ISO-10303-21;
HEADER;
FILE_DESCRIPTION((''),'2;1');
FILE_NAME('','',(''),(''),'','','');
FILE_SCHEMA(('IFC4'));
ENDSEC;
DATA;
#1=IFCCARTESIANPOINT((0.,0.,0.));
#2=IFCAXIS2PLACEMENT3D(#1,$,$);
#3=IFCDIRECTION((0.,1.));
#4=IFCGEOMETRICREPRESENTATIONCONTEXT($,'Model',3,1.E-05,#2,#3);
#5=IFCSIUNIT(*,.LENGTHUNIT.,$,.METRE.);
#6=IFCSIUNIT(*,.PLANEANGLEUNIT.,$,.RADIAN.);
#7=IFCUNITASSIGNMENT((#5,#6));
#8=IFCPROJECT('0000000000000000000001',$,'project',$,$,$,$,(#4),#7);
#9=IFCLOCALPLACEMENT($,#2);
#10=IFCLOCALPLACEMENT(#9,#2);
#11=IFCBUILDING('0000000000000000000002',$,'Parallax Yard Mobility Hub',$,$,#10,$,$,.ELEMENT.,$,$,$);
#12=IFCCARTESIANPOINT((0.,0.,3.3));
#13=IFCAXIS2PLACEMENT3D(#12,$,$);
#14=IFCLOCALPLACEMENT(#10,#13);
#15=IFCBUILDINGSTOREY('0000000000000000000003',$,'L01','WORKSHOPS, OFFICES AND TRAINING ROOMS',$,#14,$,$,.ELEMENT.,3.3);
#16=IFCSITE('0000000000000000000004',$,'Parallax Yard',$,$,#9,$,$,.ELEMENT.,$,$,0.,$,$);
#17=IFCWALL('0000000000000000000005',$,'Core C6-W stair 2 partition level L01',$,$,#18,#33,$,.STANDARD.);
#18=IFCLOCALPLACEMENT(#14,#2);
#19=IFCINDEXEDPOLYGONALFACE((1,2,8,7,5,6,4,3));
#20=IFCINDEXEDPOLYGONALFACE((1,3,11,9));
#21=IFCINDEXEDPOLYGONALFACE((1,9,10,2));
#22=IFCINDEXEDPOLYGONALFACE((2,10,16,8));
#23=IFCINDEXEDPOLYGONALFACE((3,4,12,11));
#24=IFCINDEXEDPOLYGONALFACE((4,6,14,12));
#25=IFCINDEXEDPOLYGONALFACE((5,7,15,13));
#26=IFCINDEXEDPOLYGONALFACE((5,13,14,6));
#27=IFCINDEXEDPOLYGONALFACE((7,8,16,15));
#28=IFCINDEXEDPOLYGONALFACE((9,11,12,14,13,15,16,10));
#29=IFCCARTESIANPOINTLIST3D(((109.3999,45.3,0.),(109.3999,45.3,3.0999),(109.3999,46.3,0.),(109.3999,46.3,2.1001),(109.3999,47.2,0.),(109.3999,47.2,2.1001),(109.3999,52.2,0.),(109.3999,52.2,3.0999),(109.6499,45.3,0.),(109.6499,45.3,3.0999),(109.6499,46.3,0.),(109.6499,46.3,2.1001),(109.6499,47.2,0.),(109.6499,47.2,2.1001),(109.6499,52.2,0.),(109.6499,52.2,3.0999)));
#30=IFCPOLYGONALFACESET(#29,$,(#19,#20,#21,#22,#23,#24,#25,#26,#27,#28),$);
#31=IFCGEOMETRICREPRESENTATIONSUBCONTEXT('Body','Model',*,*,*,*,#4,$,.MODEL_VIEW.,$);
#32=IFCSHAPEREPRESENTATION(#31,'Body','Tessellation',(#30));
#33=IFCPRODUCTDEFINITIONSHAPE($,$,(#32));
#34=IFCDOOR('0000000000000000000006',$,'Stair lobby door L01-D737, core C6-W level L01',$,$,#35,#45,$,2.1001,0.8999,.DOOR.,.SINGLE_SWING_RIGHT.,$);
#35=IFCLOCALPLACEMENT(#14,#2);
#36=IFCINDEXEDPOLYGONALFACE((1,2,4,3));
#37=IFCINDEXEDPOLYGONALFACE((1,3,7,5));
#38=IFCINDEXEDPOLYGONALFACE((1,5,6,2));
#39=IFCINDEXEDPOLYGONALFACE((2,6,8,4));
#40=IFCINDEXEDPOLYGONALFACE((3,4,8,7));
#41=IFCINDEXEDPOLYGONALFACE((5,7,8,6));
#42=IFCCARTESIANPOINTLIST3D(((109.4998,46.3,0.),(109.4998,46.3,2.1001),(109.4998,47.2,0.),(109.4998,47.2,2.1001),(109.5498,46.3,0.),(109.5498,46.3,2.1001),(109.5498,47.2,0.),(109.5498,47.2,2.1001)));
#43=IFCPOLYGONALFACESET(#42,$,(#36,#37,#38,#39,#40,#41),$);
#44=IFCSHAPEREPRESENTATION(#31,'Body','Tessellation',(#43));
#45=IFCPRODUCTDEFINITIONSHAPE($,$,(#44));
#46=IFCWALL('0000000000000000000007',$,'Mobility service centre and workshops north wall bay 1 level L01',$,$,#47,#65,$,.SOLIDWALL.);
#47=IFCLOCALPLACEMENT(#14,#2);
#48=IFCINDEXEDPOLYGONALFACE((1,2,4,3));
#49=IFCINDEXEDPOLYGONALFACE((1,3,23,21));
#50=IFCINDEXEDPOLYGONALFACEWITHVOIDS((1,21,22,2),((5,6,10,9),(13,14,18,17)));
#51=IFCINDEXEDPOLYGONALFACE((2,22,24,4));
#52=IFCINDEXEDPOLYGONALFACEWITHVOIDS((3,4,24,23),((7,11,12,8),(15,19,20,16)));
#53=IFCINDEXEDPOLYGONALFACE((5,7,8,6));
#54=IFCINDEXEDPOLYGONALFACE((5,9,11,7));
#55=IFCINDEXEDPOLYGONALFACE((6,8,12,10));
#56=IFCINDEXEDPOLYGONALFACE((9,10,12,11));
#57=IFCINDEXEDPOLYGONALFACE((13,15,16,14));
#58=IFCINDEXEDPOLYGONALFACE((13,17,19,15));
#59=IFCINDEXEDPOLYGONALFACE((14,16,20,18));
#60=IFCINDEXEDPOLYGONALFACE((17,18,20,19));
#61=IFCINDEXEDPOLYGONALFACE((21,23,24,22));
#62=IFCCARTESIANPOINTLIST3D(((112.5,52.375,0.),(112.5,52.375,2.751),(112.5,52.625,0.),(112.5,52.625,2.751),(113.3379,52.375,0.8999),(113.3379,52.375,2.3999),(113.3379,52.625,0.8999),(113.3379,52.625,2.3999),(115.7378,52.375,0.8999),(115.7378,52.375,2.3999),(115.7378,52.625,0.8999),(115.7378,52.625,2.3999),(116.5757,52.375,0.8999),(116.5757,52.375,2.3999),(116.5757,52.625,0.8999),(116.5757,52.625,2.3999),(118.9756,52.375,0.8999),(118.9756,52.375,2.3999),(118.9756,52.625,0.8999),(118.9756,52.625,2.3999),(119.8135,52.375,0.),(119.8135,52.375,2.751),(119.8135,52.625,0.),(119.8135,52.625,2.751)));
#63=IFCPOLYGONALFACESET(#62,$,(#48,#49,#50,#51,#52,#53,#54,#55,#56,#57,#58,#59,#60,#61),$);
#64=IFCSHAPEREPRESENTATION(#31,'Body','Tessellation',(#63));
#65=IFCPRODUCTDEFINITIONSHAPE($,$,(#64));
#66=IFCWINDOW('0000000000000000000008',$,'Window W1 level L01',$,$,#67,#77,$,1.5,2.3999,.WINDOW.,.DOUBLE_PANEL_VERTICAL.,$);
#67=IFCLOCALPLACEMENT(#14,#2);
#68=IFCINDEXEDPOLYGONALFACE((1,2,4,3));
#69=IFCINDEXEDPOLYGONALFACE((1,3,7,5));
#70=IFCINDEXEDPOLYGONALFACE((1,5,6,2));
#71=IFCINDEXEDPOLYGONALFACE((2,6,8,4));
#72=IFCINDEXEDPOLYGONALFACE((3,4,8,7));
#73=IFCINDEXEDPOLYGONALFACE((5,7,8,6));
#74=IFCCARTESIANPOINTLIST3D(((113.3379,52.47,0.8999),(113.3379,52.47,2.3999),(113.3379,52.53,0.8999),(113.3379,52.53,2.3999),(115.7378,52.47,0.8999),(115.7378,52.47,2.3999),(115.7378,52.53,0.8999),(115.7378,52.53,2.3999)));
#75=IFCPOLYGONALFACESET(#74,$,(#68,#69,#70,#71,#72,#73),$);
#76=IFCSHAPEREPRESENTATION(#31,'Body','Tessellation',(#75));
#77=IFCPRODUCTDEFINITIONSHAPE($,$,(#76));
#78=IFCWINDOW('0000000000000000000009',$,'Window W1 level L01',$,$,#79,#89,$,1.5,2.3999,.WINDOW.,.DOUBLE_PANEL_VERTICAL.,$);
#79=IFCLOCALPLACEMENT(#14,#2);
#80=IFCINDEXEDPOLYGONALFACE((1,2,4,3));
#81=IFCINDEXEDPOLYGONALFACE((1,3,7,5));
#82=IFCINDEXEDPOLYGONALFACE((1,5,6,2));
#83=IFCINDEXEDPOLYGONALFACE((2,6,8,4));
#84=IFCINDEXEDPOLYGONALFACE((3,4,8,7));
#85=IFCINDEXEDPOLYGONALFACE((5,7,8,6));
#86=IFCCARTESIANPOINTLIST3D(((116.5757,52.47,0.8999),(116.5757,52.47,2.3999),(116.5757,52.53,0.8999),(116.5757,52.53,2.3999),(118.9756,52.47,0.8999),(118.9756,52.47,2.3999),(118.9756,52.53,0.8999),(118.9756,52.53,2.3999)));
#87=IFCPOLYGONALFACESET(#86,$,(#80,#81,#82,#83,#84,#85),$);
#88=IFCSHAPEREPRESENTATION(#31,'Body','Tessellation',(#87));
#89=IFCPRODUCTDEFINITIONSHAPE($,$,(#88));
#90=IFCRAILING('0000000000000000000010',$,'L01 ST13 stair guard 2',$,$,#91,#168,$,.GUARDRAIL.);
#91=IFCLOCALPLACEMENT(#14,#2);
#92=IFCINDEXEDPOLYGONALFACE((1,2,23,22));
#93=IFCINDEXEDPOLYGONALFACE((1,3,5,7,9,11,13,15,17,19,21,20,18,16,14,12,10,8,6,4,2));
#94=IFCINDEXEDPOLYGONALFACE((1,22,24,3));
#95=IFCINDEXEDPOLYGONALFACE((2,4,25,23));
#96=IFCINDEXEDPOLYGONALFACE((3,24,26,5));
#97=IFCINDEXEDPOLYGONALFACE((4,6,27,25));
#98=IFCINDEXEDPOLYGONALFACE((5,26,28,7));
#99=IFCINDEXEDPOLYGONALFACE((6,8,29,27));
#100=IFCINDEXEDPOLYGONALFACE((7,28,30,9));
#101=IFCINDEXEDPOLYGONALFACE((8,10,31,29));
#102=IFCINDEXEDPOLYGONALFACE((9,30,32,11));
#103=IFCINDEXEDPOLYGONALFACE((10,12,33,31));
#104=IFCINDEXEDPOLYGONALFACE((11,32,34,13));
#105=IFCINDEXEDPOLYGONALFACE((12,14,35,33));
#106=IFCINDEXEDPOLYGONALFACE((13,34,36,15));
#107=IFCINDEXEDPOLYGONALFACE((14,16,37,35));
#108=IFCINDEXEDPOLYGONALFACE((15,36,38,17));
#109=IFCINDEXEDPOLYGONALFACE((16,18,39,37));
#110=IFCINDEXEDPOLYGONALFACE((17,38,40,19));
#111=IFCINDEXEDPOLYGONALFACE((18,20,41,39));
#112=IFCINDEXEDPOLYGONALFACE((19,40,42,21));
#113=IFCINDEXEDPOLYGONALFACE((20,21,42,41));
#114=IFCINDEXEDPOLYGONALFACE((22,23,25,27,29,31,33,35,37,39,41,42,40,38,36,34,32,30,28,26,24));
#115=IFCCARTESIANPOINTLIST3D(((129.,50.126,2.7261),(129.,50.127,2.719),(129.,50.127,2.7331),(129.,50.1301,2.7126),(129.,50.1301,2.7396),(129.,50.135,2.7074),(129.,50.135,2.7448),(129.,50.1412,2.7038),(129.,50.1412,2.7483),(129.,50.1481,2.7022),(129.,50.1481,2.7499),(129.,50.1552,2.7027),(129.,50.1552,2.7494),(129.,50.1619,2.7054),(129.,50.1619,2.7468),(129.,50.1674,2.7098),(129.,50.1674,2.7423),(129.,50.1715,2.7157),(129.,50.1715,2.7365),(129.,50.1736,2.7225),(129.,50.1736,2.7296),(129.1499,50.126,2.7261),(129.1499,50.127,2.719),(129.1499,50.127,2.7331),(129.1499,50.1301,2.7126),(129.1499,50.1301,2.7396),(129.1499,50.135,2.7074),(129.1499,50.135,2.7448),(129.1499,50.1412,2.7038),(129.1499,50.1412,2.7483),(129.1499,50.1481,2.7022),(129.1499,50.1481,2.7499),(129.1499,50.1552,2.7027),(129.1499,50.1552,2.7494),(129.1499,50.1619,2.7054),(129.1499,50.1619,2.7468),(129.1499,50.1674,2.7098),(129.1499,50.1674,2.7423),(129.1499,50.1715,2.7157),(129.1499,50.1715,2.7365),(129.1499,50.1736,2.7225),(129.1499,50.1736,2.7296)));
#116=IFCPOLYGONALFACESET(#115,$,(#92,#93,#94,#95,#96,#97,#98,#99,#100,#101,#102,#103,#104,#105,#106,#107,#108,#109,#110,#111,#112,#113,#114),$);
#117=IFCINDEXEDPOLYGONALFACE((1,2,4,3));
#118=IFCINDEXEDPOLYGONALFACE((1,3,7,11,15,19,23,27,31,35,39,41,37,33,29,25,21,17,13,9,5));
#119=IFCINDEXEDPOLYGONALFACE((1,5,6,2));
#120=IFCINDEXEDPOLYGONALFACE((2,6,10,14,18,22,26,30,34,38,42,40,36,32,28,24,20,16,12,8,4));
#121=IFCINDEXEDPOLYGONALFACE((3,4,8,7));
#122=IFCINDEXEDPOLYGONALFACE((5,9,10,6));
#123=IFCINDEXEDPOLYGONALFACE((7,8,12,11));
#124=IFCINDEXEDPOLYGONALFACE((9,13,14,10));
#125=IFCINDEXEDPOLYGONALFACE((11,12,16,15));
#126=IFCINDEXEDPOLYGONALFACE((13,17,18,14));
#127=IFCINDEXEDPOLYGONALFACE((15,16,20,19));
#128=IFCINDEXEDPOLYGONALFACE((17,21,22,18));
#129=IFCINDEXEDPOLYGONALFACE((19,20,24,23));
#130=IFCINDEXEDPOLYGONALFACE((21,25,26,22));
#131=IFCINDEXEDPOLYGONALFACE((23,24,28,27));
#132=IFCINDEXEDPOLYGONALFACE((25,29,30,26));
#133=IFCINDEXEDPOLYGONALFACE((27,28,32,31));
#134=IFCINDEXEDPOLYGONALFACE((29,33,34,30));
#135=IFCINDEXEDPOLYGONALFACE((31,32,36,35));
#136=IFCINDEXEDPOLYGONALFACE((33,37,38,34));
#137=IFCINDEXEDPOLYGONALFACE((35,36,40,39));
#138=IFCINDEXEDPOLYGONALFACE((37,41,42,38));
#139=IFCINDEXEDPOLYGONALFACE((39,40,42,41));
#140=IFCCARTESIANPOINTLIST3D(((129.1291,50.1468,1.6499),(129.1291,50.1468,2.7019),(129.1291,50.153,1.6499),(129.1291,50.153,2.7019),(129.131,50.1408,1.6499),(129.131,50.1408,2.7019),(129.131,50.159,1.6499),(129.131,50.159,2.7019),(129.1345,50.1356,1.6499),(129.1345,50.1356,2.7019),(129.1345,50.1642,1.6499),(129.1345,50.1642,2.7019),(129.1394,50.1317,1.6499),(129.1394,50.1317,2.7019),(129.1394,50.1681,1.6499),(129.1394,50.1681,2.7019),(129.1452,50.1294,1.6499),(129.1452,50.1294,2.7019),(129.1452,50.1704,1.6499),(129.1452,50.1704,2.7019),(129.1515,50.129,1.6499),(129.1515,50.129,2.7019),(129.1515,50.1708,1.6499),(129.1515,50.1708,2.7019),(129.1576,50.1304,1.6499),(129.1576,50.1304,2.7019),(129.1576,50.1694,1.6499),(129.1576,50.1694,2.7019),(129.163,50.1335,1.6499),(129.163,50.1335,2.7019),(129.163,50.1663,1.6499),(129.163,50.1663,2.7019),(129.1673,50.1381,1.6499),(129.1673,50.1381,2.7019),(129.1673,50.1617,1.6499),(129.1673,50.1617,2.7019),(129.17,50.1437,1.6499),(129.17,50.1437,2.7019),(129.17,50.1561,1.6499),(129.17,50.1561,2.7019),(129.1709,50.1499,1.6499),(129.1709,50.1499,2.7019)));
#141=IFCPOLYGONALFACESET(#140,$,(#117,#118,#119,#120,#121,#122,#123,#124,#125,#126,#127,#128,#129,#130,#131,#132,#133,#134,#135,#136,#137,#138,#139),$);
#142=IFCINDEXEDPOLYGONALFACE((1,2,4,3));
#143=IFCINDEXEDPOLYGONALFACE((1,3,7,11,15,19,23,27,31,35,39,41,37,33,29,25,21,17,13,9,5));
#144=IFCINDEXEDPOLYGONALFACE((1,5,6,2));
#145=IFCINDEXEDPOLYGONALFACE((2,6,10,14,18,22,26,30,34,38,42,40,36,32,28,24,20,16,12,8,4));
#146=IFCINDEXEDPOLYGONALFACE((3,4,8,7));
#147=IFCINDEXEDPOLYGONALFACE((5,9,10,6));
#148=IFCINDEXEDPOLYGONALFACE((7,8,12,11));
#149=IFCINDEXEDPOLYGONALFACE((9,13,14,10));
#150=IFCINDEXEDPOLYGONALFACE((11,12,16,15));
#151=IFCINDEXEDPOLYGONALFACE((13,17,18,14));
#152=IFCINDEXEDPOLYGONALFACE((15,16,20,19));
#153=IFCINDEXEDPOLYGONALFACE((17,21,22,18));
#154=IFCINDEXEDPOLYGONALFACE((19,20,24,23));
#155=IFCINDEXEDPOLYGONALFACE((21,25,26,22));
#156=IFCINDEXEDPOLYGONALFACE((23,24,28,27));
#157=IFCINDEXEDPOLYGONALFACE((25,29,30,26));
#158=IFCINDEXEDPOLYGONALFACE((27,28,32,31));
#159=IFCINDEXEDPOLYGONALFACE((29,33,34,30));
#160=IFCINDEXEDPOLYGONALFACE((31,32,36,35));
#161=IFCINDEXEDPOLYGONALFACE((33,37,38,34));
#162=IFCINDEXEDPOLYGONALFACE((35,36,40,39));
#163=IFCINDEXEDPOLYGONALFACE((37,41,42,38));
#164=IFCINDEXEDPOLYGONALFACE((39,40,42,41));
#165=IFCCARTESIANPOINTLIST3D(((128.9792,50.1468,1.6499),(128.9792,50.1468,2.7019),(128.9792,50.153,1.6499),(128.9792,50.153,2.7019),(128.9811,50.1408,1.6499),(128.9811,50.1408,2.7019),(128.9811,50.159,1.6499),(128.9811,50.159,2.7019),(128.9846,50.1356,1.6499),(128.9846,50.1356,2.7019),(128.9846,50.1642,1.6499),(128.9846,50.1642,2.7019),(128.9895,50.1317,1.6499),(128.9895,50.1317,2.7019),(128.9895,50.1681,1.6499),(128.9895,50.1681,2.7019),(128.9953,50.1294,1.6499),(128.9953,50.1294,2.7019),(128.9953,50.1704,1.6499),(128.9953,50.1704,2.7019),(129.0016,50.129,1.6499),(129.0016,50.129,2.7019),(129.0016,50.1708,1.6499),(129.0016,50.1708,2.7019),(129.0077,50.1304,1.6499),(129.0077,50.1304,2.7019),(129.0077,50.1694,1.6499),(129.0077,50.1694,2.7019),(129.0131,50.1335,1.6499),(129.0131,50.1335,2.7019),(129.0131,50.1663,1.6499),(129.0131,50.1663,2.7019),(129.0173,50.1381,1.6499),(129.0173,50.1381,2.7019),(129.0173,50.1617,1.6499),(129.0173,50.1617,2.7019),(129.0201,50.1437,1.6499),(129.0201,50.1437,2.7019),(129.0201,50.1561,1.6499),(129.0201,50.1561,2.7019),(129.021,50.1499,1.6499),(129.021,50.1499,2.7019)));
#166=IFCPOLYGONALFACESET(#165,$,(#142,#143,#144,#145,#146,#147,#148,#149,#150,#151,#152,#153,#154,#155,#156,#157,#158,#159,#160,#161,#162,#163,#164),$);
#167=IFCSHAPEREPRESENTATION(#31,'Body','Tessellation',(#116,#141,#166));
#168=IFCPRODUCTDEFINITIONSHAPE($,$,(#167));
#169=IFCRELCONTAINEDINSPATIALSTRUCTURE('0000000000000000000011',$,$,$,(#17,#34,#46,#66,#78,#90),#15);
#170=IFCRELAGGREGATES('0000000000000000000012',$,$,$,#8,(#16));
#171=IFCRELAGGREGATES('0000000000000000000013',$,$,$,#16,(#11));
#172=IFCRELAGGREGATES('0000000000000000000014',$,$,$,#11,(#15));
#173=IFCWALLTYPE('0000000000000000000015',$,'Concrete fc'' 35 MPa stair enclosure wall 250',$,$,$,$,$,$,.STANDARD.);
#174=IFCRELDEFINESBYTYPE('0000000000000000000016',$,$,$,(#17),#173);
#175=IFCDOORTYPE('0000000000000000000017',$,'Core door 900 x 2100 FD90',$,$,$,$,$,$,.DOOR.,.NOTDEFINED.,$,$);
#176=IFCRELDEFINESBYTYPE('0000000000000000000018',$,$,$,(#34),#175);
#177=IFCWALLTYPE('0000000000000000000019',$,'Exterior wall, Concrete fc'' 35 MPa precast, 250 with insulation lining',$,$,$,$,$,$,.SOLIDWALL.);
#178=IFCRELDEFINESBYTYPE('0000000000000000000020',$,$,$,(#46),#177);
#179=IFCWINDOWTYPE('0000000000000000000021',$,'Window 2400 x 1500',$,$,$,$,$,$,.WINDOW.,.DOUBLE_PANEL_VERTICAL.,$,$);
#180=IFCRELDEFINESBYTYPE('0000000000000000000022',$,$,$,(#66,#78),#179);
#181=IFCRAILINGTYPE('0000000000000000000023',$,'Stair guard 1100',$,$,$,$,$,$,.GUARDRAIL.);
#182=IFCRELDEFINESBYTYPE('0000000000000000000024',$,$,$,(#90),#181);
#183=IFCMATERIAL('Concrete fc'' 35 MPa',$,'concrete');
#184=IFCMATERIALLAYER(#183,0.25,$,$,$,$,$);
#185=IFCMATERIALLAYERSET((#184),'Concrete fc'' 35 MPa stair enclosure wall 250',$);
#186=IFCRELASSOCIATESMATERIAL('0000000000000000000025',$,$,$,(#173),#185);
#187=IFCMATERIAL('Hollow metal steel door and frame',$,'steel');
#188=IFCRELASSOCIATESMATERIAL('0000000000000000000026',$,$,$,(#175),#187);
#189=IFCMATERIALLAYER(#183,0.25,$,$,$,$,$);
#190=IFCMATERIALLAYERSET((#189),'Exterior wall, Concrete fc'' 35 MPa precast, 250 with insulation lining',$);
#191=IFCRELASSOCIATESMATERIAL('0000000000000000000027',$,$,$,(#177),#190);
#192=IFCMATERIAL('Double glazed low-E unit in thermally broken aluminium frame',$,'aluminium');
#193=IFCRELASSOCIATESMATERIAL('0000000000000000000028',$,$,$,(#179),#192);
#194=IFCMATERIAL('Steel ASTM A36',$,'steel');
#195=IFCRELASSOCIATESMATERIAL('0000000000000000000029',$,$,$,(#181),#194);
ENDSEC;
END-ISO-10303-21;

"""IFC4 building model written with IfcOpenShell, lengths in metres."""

from ifc_helpers import new_model, si_unit, direction, frame, frame_2d, origin, origin_2d, place, context, subcontext, project, spatial, rectangle, circle, extrude, material, layer, layer_set, type_object, element, fill, save


model = new_model("IFC4")

# Units and contexts
model_context = context("Model", 3, precision=1e-05, world=origin(), true_north=direction((0.0, 1.0)))
body_context = subcontext(model_context, "Body", "Model", "MODEL_VIEW")
ifc_project = project(units=[si_unit("LENGTHUNIT", "METRE"), si_unit("PLANEANGLEUNIT", "RADIAN")], contexts=[model_context])

# Site, building, storey
site_placement = place(None, origin())
site = spatial("IfcSite", under=ifc_project, at=site_placement, Name="Parallax Yard", CompositionType="ELEMENT", RefElevation=0.0)
building_placement = place(site_placement, origin())
building = spatial("IfcBuilding", under=site, at=building_placement, Name="Parallax Yard Mobility Hub", CompositionType="ELEMENT")
storey_placement = place(building_placement, frame((0.0, 0.0, 3.3)))
storey = spatial("IfcBuildingStorey", under=building, at=storey_placement, Name="L01", Description="WORKSHOPS, OFFICES AND TRAINING ROOMS", CompositionType="ELEMENT", Elevation=3.3)

# Shared definitions
ifc_material_1 = material(Name="Concrete fc' 35 MPa", Category="concrete")

# Wall, opening, door
ifc_layer_1 = layer(ifc_material_1, 0.25)
ifc_layer_set_1 = layer_set([ifc_layer_1], Name="Concrete fc' 35 MPa stair enclosure wall 250")
wall_type_1 = type_object("IfcWallType", Name="Concrete fc' 35 MPa stair enclosure wall 250", PredefinedType="STANDARD", material=ifc_layer_set_1)
wall_1_placement = place(storey_placement, frame((109.5249, 52.2, 0.0), z_axis=(0.0, 0.0, 1.0), x_axis=(0.0, -1.0, 0.0)))
wall_1 = element("IfcWall", 1, at=wall_1_placement, inside=storey, type_object=wall_type_1, Name="Core C6-W stair 2 partition level L01", PredefinedType="STANDARD", context=body_context, shape_type="SweptSolid", body=[
    extrude(rectangle(XDim=6.8999, YDim=0.25, at=frame_2d((3.45, 0.0))), origin(), (0.0, 0.0, 1.0), 3.0999),
])
opening_1_placement = place(wall_1_placement, frame((5.0, 0.0, 0.0)))
opening_1 = element("IfcOpeningElement", 2, at=opening_1_placement, cuts=wall_1, PredefinedType="OPENING", context=body_context, shape_type="SweptSolid", body=[
    extrude(rectangle(XDim=0.8999, YDim=2.1001, at=frame_2d((0.45, 1.05))), frame((0.0, 0.135, 0.0), z_axis=(0.0, -1.0, 0.0), x_axis=(1.0, 0.0, 0.0)), (0.0, 0.0, 1.0), 0.27),
])
ifc_material_2 = material(Name="Hollow metal steel door and frame", Category="steel")
door_type = type_object("IfcDoorType", Name="Core door 900 x 2100 FD90", OperationType="NOTDEFINED", PredefinedType="DOOR", material=ifc_material_2)
door_placement = place(opening_1_placement, origin())
door = element("IfcDoor", 3, at=door_placement, inside=storey, type_object=door_type, Name="Stair lobby door L01-D737, core C6-W level L01", OperationType="SINGLE_SWING_RIGHT", OverallHeight=2.1001, OverallWidth=0.8999, PredefinedType="DOOR", context=body_context, shape_type="SweptSolid", body=[
    extrude(rectangle(XDim=0.8999, YDim=2.1001, at=frame_2d((0.45, 1.05))), frame((0.0, 0.0249, 0.0), z_axis=(0.0, -1.0, 0.0), x_axis=(1.0, 0.0, 0.0)), (0.0, 0.0, 1.0), 0.05),
])
fill(opening_1, door)

# Wall, openings, windows
ifc_layer_2 = layer(ifc_material_1, 0.25)
ifc_layer_set_2 = layer_set([ifc_layer_2], Name="Exterior wall, Concrete fc' 35 MPa precast, 250 with insulation lining")
wall_type_2 = type_object("IfcWallType", Name="Exterior wall, Concrete fc' 35 MPa precast, 250 with insulation lining", PredefinedType="SOLIDWALL", material=ifc_layer_set_2)
wall_2_placement = place(storey_placement, frame((112.5, 52.5, 0.0), z_axis=(0.0, 0.0, 1.0), x_axis=(1.0, 0.0, 0.0)))
wall_2 = element("IfcWall", 4, at=wall_2_placement, inside=storey, type_object=wall_type_2, Name="Mobility service centre and workshops north wall bay 1 level L01", PredefinedType="SOLIDWALL", context=body_context, shape_type="SweptSolid", body=[
    extrude(rectangle(XDim=7.3135, YDim=0.25, at=frame_2d((3.6567, 0.0))), origin(), (0.0, 0.0, 1.0), 2.751),
])
opening_2_placement = place(wall_2_placement, frame((0.8379, 0.0, 0.8999)))
opening_2 = element("IfcOpeningElement", 5, at=opening_2_placement, cuts=wall_2, PredefinedType="OPENING", context=body_context, shape_type="SweptSolid", body=[
    extrude(rectangle(XDim=2.3999, YDim=1.5, at=frame_2d((1.2, 0.75))), frame((0.0, 0.135, 0.0), z_axis=(0.0, -1.0, 0.0), x_axis=(1.0, 0.0, 0.0)), (0.0, 0.0, 1.0), 0.27),
])
opening_3_placement = place(wall_2_placement, frame((4.0757, 0.0, 0.8999)))
opening_3 = element("IfcOpeningElement", 6, at=opening_3_placement, cuts=wall_2, PredefinedType="OPENING", context=body_context, shape_type="SweptSolid", body=[
    extrude(rectangle(XDim=2.3999, YDim=1.5, at=frame_2d((1.2, 0.75))), frame((0.0, 0.135, 0.0), z_axis=(0.0, -1.0, 0.0), x_axis=(1.0, 0.0, 0.0)), (0.0, 0.0, 1.0), 0.27),
])
ifc_material_3 = material(Name="Double glazed low-E unit in thermally broken aluminium frame", Category="aluminium")
window_type = type_object("IfcWindowType", Name="Window 2400 x 1500", PartitioningType="DOUBLE_PANEL_VERTICAL", PredefinedType="WINDOW", material=ifc_material_3)
window_1_placement = place(opening_2_placement, origin())
window_1 = element("IfcWindow", 7, at=window_1_placement, inside=storey, type_object=window_type, Name="Window W1 level L01", OverallHeight=1.5, OverallWidth=2.3999, PartitioningType="DOUBLE_PANEL_VERTICAL", PredefinedType="WINDOW", context=body_context, shape_type="SweptSolid", body=[
    extrude(rectangle(XDim=2.3999, YDim=1.5, at=frame_2d((1.2, 0.75))), frame((0.0, 0.03, 0.0), z_axis=(0.0, -1.0, 0.0), x_axis=(1.0, 0.0, 0.0)), (0.0, 0.0, 1.0), 0.0601),
])
fill(opening_2, window_1)
window_2_placement = place(opening_3_placement, origin())
window_2 = element("IfcWindow", 8, at=window_2_placement, inside=storey, type_object=window_type, Name="Window W1 level L01", OverallHeight=1.5, OverallWidth=2.3999, PartitioningType="DOUBLE_PANEL_VERTICAL", PredefinedType="WINDOW", context=body_context, shape_type="SweptSolid", body=[
    extrude(rectangle(XDim=2.3999, YDim=1.5, at=frame_2d((1.2, 0.75))), frame((0.0, 0.03, 0.0), z_axis=(0.0, -1.0, 0.0), x_axis=(1.0, 0.0, 0.0)), (0.0, 0.0, 1.0), 0.0601),
])
fill(opening_3, window_2)

# Railing
ifc_material_4 = material(Name="Steel ASTM A36", Category="steel")
railing_type = type_object("IfcRailingType", Name="Stair guard 1100", PredefinedType="GUARDRAIL", material=ifc_material_4)
railing_placement = place(storey_placement, frame((129.1499, 50.1499, 1.6499)))
element("IfcRailing", 9, at=railing_placement, inside=storey, type_object=railing_type, Name="L01 ST13 stair guard 2", PredefinedType="GUARDRAIL", context=body_context, shape_type="SweptSolid", body=[
    extrude(circle(Radius=0.0239, at=origin_2d()), frame((0.0, 0.0, 1.0762), z_axis=(-1.0, 0.0, 0.0), x_axis=(0.0, -1.0, 0.0)), (0.0, 0.0, 1.0), 0.1499),
    extrude(circle(Radius=0.021, at=origin_2d()), origin(), (0.0, 0.0, 1.0), 1.052),
    extrude(circle(Radius=0.021, at=origin_2d()), frame((-0.1499, 0.0, 0.0)), (0.0, 0.0, 1.0), 1.052),
])

save(model, "model.ifc")
